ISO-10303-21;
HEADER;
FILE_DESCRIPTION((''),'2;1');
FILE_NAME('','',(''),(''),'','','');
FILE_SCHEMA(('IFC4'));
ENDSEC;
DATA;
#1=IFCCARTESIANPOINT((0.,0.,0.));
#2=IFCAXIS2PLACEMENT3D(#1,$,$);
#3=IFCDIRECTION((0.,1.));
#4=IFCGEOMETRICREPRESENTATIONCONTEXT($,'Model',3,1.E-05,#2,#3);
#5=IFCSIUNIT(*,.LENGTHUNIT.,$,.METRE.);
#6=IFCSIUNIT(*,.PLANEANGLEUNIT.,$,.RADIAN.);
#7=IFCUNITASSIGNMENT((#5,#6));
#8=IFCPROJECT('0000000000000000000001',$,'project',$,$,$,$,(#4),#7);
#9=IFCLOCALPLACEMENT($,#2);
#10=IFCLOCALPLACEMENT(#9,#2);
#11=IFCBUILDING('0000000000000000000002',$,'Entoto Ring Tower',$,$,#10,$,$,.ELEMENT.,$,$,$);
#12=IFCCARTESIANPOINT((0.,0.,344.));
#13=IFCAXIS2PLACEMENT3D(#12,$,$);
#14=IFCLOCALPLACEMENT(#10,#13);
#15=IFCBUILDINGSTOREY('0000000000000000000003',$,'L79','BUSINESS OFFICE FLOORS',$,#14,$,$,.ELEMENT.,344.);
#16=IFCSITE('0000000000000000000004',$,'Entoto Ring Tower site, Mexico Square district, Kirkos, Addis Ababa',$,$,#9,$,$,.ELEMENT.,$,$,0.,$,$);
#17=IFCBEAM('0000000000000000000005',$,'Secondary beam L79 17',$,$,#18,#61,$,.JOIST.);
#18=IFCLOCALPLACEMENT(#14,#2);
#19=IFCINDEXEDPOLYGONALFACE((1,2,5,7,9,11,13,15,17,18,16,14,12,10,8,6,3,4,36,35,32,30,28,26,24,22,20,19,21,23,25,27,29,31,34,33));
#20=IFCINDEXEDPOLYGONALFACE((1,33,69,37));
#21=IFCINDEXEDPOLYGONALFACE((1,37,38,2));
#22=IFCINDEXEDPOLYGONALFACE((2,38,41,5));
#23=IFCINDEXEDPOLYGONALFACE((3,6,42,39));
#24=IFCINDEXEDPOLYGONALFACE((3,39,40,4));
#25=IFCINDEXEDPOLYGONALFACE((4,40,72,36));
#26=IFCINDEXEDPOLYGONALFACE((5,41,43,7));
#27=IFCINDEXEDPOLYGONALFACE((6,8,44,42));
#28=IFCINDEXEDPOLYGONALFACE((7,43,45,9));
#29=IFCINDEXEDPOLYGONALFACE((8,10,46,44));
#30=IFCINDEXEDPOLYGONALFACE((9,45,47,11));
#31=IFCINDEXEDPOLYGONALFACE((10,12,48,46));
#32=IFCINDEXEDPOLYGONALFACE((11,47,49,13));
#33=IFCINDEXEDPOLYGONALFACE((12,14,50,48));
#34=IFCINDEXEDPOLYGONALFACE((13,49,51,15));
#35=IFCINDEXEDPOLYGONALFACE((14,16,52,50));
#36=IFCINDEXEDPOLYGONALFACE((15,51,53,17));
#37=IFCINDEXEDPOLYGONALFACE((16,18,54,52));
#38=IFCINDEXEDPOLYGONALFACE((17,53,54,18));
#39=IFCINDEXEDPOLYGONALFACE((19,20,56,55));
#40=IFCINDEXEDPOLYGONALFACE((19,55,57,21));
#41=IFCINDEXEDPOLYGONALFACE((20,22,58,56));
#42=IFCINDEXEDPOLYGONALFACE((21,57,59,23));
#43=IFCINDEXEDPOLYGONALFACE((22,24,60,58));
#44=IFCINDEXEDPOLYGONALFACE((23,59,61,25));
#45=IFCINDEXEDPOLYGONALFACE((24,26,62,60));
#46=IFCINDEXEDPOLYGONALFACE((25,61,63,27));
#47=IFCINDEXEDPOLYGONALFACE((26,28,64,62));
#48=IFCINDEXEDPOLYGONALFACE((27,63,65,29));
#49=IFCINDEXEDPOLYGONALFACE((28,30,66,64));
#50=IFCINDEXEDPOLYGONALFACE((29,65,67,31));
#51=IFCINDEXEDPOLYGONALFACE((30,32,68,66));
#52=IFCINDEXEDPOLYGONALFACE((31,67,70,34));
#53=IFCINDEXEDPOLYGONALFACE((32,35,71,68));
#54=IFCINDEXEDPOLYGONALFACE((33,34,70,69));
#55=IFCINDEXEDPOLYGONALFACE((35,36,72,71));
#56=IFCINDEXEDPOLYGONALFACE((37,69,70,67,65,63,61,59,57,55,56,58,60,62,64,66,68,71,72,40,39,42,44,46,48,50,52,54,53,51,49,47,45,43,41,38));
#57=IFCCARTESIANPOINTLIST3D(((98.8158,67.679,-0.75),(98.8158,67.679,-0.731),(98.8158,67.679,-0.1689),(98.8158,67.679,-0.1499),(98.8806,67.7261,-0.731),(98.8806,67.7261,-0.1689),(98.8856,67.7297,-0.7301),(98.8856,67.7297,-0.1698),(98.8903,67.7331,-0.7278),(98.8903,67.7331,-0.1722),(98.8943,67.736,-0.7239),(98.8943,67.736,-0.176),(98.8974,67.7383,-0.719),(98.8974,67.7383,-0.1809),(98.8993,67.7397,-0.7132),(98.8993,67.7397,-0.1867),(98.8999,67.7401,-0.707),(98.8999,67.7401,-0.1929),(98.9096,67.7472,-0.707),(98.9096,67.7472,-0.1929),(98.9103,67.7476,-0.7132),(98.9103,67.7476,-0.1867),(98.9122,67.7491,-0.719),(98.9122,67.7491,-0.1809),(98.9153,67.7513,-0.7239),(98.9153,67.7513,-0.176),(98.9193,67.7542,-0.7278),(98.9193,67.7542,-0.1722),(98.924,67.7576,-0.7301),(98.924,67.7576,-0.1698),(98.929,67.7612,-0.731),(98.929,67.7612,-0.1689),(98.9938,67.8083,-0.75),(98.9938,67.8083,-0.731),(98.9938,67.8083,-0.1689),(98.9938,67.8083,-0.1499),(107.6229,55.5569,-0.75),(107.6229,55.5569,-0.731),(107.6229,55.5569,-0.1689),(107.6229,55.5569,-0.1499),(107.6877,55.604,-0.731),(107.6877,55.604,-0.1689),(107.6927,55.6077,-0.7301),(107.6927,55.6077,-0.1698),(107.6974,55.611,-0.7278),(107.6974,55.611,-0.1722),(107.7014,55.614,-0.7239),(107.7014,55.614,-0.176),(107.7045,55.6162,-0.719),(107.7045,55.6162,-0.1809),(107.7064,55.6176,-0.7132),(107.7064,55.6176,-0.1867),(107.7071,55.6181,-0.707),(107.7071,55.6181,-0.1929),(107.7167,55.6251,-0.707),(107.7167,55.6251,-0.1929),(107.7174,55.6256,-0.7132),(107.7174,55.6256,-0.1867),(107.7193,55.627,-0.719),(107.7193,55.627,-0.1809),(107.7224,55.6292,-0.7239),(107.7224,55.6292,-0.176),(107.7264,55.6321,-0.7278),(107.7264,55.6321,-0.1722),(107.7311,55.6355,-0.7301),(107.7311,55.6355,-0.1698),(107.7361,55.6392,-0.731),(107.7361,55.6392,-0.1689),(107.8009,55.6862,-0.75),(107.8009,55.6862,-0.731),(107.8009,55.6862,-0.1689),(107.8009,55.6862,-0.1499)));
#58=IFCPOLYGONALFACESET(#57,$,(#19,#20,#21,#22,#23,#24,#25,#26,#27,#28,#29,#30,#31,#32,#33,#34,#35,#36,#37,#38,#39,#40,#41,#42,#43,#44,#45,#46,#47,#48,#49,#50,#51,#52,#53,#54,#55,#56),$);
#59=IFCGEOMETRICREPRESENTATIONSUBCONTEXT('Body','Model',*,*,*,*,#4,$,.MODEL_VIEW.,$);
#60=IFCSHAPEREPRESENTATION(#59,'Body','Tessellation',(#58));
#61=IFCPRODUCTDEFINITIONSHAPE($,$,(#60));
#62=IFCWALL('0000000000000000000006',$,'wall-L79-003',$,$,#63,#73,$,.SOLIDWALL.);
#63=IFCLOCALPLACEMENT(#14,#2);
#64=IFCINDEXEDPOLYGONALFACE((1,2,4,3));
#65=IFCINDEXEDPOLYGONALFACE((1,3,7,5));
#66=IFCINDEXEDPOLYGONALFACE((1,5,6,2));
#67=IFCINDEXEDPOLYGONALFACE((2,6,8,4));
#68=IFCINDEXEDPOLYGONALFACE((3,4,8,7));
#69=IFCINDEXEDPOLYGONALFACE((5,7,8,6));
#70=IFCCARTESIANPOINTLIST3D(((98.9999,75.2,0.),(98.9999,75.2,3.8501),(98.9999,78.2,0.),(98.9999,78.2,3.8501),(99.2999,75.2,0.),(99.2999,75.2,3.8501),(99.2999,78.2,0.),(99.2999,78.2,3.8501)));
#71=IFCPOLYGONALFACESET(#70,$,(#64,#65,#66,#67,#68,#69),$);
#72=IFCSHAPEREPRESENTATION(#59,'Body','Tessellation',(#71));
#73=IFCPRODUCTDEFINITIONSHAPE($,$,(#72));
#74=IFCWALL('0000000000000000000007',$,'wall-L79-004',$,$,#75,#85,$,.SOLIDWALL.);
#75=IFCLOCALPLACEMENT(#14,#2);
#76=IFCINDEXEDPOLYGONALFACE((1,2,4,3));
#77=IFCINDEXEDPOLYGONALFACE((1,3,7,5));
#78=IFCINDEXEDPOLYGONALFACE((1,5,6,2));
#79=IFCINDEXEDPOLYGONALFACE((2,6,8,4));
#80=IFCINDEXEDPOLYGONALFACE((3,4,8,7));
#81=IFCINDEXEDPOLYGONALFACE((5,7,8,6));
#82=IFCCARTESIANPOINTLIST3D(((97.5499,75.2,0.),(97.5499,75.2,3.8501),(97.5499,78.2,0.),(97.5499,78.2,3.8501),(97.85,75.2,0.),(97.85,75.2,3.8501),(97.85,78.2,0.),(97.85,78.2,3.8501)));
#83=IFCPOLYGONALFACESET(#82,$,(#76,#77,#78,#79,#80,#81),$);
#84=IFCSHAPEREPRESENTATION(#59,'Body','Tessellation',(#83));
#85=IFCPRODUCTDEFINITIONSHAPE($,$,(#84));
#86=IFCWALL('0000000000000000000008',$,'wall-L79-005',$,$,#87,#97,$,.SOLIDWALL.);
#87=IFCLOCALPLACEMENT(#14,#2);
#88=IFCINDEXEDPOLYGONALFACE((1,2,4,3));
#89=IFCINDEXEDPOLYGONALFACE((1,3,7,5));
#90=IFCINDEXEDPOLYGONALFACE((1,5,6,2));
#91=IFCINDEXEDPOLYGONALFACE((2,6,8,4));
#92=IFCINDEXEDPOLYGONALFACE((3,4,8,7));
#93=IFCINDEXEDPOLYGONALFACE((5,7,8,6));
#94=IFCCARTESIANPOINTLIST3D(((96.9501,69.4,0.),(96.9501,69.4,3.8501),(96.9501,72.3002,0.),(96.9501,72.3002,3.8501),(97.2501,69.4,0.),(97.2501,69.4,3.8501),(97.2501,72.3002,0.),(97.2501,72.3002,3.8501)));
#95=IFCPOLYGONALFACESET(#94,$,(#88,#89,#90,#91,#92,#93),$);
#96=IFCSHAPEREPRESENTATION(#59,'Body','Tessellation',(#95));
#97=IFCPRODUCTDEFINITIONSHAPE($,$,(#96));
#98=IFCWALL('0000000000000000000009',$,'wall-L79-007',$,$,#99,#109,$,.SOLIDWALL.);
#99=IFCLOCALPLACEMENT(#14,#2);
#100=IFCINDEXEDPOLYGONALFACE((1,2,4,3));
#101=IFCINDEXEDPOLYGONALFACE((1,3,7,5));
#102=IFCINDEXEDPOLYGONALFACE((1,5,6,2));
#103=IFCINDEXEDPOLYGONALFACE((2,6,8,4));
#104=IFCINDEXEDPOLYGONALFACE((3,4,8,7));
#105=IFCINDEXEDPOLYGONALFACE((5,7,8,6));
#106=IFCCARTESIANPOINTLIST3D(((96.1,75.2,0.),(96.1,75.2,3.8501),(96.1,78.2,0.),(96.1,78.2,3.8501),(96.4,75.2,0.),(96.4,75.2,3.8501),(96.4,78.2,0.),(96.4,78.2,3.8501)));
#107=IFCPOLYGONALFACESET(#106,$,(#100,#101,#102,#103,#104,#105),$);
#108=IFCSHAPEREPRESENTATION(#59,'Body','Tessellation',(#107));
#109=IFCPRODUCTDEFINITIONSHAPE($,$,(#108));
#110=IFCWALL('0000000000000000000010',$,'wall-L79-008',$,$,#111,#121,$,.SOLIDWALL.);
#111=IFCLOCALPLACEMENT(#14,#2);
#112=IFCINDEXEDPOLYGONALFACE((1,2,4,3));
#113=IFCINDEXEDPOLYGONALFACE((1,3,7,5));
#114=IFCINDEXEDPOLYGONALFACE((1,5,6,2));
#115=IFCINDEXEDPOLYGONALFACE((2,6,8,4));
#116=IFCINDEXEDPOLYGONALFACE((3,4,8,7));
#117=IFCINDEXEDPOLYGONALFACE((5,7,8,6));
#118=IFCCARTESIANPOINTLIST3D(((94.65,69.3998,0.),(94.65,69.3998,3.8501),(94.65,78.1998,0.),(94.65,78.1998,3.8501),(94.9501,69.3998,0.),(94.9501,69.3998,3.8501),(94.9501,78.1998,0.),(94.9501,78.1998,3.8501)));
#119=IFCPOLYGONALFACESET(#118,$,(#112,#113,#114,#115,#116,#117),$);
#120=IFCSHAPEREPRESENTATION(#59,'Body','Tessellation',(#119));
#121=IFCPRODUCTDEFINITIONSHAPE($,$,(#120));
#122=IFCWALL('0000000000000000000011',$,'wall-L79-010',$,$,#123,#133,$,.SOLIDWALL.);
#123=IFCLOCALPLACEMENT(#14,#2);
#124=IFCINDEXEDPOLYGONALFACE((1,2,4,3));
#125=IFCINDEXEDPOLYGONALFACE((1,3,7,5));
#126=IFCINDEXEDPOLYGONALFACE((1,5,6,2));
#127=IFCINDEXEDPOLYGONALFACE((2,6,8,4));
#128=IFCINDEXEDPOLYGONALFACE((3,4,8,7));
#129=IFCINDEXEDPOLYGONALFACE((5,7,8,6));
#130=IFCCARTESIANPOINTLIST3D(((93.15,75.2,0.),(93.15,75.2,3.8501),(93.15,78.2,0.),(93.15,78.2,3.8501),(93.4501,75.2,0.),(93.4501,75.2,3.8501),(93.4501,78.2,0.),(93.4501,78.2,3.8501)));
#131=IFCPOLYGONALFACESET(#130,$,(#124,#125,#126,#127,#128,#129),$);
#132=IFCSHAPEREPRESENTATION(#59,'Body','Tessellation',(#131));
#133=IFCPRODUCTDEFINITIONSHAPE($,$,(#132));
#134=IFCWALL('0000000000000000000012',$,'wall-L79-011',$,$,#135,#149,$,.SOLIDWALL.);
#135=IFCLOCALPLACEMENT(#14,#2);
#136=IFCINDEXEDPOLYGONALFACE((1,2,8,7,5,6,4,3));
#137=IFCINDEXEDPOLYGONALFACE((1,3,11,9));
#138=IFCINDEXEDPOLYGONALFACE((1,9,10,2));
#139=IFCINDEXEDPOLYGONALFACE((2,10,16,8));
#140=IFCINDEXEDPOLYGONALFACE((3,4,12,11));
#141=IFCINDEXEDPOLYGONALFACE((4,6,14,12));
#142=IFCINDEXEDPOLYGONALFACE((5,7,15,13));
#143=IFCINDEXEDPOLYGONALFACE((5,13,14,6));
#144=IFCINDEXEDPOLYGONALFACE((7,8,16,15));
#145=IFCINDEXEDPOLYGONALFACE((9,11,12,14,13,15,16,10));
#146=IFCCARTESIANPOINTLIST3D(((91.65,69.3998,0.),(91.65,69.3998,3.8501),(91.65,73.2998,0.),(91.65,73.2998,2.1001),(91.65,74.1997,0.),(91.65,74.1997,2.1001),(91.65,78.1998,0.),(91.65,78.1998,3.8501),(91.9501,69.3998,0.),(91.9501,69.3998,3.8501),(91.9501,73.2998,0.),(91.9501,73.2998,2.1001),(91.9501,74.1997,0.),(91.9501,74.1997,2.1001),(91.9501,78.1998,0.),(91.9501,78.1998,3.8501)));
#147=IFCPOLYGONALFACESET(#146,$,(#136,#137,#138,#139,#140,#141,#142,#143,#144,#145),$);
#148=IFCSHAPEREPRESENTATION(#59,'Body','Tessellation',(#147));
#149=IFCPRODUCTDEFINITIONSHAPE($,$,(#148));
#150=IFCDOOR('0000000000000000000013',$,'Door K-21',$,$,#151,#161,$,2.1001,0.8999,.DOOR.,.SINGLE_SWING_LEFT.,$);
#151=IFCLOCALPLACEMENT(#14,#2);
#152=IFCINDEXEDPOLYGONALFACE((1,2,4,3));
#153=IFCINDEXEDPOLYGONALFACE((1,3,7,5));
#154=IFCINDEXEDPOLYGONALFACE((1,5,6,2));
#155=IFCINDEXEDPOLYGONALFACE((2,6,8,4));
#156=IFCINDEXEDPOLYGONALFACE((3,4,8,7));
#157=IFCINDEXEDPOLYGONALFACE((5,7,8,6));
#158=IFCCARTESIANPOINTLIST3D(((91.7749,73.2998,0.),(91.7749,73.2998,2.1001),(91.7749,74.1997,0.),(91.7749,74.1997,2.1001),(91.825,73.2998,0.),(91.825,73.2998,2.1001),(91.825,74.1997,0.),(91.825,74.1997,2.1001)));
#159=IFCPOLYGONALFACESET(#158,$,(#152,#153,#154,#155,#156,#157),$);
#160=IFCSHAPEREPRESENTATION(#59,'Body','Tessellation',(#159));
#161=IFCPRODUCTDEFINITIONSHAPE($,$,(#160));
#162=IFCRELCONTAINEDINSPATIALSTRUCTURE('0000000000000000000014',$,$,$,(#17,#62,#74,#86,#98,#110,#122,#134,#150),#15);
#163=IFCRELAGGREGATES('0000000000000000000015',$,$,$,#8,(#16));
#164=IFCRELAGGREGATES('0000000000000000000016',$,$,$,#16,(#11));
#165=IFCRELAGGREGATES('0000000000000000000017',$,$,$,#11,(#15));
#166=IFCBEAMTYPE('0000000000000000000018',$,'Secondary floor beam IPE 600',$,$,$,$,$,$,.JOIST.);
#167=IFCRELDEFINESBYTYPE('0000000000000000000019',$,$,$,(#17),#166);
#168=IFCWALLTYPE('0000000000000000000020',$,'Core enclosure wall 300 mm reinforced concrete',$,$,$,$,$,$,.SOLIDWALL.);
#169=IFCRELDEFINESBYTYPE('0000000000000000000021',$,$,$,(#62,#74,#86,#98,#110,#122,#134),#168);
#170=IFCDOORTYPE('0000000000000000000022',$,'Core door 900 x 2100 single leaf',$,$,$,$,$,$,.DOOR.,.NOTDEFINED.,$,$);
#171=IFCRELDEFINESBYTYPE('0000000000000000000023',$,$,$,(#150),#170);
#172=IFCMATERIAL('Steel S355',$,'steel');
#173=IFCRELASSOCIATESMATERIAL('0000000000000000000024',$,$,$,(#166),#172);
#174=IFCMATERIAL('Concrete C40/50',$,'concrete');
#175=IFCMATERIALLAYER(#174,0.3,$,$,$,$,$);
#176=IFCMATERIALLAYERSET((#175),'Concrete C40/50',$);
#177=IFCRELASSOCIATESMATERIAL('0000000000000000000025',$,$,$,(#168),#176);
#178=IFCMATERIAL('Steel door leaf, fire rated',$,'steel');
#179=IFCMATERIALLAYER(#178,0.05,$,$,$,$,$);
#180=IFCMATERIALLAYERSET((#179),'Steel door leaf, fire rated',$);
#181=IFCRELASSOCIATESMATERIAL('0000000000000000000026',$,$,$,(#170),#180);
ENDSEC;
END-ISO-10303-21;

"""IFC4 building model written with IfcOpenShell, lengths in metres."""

from ifc_helpers import new_model, si_unit, direction, frame, frame_2d, origin, origin_2d, place, context, subcontext, project, spatial, rectangle, i_section, extrude, material, layer, layer_set, material_profile, profile_set, type_object, element, fill, save


model = new_model("IFC4")

# Units and contexts
model_context = context("Model", 3, precision=1e-05, world=origin(), true_north=direction((0.0, 1.0)))
body_context = subcontext(model_context, "Body", "Model", "MODEL_VIEW")
ifc_project = project(units=[si_unit("LENGTHUNIT", "METRE"), si_unit("PLANEANGLEUNIT", "RADIAN")], contexts=[model_context])

# Site, building, storey
site_placement = place(None, origin())
site = spatial("IfcSite", under=ifc_project, at=site_placement, Name="Entoto Ring Tower site, Mexico Square district, Kirkos, Addis Ababa", CompositionType="ELEMENT", RefElevation=0.0)
building_placement = place(site_placement, origin())
building = spatial("IfcBuilding", under=site, at=building_placement, Name="Entoto Ring Tower", CompositionType="ELEMENT")
storey_placement = place(building_placement, frame((0.0, 0.0, 344.0)))
storey = spatial("IfcBuildingStorey", under=building, at=storey_placement, Name="L79", Description="BUSINESS OFFICE FLOORS", CompositionType="ELEMENT", Elevation=344.0)

# Beam
ifc_material_1 = material(Name="Steel S355", Category="steel")
ifc_material_profile = material_profile(ifc_material_1, i_section(OverallWidth=0.22, OverallDepth=0.6001, WebThickness=0.012, FlangeThickness=0.019, FilletRadius=0.0239, at=origin_2d()), Name="IPE 600")
ifc_profile_set = profile_set([ifc_material_profile], Name="Steel S355")
beam_type = type_object("IfcBeamType", Name="Secondary floor beam IPE 600", PredefinedType="JOIST", material=ifc_profile_set)
beam_placement = place(storey_placement, frame((98.9048, 67.7437, -0.45), z_axis=(0.587782, -0.809019, 0.0), x_axis=(0.809019, 0.587782, 0.0)))
element("IfcBeam", 1, at=beam_placement, inside=storey, type_object=beam_type, Name="Secondary beam L79 17", PredefinedType="JOIST", context=body_context, shape_type="SweptSolid", body=[
    extrude(i_section(OverallWidth=0.22, OverallDepth=0.6001, WebThickness=0.012, FlangeThickness=0.019, FilletRadius=0.0239, at=origin_2d()), origin(), (0.0, 0.0, 1.0), 14.9836),
])

# Walls
ifc_material_2 = material(Name="Concrete C40/50", Category="concrete")
ifc_layer_1 = layer(ifc_material_2, 0.3)
ifc_layer_set_1 = layer_set([ifc_layer_1], Name="Concrete C40/50")
wall_type = type_object("IfcWallType", Name="Core enclosure wall 300 mm reinforced concrete", PredefinedType="SOLIDWALL", material=ifc_layer_set_1)
for number, where, z_axis, x_axis, name in (
    (2, (99.1499, 75.2, 0.0), (0.0, 0.0, 1.0), (0.0, 1.0, 0.0), "wall-L79-003"),
    (3, (97.7, 75.2, 0.0), (0.0, 0.0, 1.0), (0.0, 1.0, 0.0), "wall-L79-004"),
):
    element("IfcWall", number, at=place(storey_placement, frame(where, z_axis=z_axis, x_axis=x_axis)), inside=storey, type_object=wall_type, Name=name, PredefinedType="SOLIDWALL", context=body_context, shape_type="SweptSolid", body=[
        extrude(rectangle(XDim=3.0, YDim=0.3, at=frame_2d((1.5, 0.0))), origin(), (0.0, 0.0, 1.0), 3.8501),
    ])
wall_1_placement = place(storey_placement, frame((97.1001, 69.3999, 0.0), z_axis=(0.0, 0.0, 1.0), x_axis=(0.0, 1.0, 0.0)))
element("IfcWall", 4, at=wall_1_placement, inside=storey, type_object=wall_type, Name="wall-L79-005", PredefinedType="SOLIDWALL", context=body_context, shape_type="SweptSolid", body=[
    extrude(rectangle(XDim=2.9001, YDim=0.3, at=frame_2d((1.4502, 0.0))), origin(), (0.0, 0.0, 1.0), 3.8501),
])
wall_2_placement = place(storey_placement, frame((96.25, 75.2, 0.0), z_axis=(0.0, 0.0, 1.0), x_axis=(0.0, 1.0, 0.0)))
element("IfcWall", 5, at=wall_2_placement, inside=storey, type_object=wall_type, Name="wall-L79-007", PredefinedType="SOLIDWALL", context=body_context, shape_type="SweptSolid", body=[
    extrude(rectangle(XDim=3.0, YDim=0.3, at=frame_2d((1.5, 0.0))), origin(), (0.0, 0.0, 1.0), 3.8501),
])
wall_3_placement = place(storey_placement, frame((94.8, 69.3999, 0.0), z_axis=(0.0, 0.0, 1.0), x_axis=(0.0, 1.0, 0.0)))
element("IfcWall", 6, at=wall_3_placement, inside=storey, type_object=wall_type, Name="wall-L79-008", PredefinedType="SOLIDWALL", context=body_context, shape_type="SweptSolid", body=[
    extrude(rectangle(XDim=8.8, YDim=0.3, at=frame_2d((4.3999, 0.0))), origin(), (0.0, 0.0, 1.0), 3.8501),
])
wall_4_placement = place(storey_placement, frame((93.3, 75.2, 0.0), z_axis=(0.0, 0.0, 1.0), x_axis=(0.0, 1.0, 0.0)))
element("IfcWall", 7, at=wall_4_placement, inside=storey, type_object=wall_type, Name="wall-L79-010", PredefinedType="SOLIDWALL", context=body_context, shape_type="SweptSolid", body=[
    extrude(rectangle(XDim=3.0, YDim=0.3, at=frame_2d((1.5, 0.0))), origin(), (0.0, 0.0, 1.0), 3.8501),
])

# Wall, opening, door
wall_5_placement = place(storey_placement, frame((91.8, 69.3999, 0.0), z_axis=(0.0, 0.0, 1.0), x_axis=(0.0, 1.0, 0.0)))
wall_5 = element("IfcWall", 8, at=wall_5_placement, inside=storey, type_object=wall_type, Name="wall-L79-011", PredefinedType="SOLIDWALL", context=body_context, shape_type="SweptSolid", body=[
    extrude(rectangle(XDim=8.8, YDim=0.3, at=frame_2d((4.3999, 0.0))), origin(), (0.0, 0.0, 1.0), 3.8501),
])
opening_1_placement = place(wall_5_placement, frame((3.8999, 0.0, 0.0)))
opening_1 = element("IfcOpeningElement", 9, at=opening_1_placement, cuts=wall_5, PredefinedType="OPENING", context=body_context, shape_type="SweptSolid", body=[
    extrude(rectangle(XDim=0.8999, YDim=2.1001, at=frame_2d((0.45, 1.05))), frame((0.0, 0.1602, 0.0), z_axis=(0.0, -1.0, 0.0), x_axis=(1.0, 0.0, 0.0)), (0.0, 0.0, 1.0), 0.3201),
])
ifc_material_3 = material(Name="Steel door leaf, fire rated", Category="steel")
ifc_layer_2 = layer(ifc_material_3, 0.05)
ifc_layer_set_2 = layer_set([ifc_layer_2], Name="Steel door leaf, fire rated")
door_type_1 = type_object("IfcDoorType", Name="Core door 900 x 2100 single leaf", OperationType="NOTDEFINED", PredefinedType="DOOR", material=ifc_layer_set_2)
door_1_placement = place(opening_1_placement, frame((0.8999, 0.0, 0.0), z_axis=(0.0, 0.0, 1.0), x_axis=(-1.0, 0.0, 0.0)))
door_1 = element("IfcDoor", 10, at=door_1_placement, inside=storey, type_object=door_type_1, Name="Door K-21", OperationType="SINGLE_SWING_LEFT", OverallHeight=2.1001, OverallWidth=0.8999, PredefinedType="DOOR", context=body_context, shape_type="SweptSolid", body=[
    extrude(rectangle(XDim=0.8999, YDim=2.1001, at=frame_2d((0.45, 1.05))), frame((0.0, 0.0249, 0.0), z_axis=(0.0, -1.0, 0.0), x_axis=(1.0, 0.0, 0.0)), (0.0, 0.0, 1.0), 0.05),
])
fill(opening_1, door_1)

save(model, "model.ifc")
